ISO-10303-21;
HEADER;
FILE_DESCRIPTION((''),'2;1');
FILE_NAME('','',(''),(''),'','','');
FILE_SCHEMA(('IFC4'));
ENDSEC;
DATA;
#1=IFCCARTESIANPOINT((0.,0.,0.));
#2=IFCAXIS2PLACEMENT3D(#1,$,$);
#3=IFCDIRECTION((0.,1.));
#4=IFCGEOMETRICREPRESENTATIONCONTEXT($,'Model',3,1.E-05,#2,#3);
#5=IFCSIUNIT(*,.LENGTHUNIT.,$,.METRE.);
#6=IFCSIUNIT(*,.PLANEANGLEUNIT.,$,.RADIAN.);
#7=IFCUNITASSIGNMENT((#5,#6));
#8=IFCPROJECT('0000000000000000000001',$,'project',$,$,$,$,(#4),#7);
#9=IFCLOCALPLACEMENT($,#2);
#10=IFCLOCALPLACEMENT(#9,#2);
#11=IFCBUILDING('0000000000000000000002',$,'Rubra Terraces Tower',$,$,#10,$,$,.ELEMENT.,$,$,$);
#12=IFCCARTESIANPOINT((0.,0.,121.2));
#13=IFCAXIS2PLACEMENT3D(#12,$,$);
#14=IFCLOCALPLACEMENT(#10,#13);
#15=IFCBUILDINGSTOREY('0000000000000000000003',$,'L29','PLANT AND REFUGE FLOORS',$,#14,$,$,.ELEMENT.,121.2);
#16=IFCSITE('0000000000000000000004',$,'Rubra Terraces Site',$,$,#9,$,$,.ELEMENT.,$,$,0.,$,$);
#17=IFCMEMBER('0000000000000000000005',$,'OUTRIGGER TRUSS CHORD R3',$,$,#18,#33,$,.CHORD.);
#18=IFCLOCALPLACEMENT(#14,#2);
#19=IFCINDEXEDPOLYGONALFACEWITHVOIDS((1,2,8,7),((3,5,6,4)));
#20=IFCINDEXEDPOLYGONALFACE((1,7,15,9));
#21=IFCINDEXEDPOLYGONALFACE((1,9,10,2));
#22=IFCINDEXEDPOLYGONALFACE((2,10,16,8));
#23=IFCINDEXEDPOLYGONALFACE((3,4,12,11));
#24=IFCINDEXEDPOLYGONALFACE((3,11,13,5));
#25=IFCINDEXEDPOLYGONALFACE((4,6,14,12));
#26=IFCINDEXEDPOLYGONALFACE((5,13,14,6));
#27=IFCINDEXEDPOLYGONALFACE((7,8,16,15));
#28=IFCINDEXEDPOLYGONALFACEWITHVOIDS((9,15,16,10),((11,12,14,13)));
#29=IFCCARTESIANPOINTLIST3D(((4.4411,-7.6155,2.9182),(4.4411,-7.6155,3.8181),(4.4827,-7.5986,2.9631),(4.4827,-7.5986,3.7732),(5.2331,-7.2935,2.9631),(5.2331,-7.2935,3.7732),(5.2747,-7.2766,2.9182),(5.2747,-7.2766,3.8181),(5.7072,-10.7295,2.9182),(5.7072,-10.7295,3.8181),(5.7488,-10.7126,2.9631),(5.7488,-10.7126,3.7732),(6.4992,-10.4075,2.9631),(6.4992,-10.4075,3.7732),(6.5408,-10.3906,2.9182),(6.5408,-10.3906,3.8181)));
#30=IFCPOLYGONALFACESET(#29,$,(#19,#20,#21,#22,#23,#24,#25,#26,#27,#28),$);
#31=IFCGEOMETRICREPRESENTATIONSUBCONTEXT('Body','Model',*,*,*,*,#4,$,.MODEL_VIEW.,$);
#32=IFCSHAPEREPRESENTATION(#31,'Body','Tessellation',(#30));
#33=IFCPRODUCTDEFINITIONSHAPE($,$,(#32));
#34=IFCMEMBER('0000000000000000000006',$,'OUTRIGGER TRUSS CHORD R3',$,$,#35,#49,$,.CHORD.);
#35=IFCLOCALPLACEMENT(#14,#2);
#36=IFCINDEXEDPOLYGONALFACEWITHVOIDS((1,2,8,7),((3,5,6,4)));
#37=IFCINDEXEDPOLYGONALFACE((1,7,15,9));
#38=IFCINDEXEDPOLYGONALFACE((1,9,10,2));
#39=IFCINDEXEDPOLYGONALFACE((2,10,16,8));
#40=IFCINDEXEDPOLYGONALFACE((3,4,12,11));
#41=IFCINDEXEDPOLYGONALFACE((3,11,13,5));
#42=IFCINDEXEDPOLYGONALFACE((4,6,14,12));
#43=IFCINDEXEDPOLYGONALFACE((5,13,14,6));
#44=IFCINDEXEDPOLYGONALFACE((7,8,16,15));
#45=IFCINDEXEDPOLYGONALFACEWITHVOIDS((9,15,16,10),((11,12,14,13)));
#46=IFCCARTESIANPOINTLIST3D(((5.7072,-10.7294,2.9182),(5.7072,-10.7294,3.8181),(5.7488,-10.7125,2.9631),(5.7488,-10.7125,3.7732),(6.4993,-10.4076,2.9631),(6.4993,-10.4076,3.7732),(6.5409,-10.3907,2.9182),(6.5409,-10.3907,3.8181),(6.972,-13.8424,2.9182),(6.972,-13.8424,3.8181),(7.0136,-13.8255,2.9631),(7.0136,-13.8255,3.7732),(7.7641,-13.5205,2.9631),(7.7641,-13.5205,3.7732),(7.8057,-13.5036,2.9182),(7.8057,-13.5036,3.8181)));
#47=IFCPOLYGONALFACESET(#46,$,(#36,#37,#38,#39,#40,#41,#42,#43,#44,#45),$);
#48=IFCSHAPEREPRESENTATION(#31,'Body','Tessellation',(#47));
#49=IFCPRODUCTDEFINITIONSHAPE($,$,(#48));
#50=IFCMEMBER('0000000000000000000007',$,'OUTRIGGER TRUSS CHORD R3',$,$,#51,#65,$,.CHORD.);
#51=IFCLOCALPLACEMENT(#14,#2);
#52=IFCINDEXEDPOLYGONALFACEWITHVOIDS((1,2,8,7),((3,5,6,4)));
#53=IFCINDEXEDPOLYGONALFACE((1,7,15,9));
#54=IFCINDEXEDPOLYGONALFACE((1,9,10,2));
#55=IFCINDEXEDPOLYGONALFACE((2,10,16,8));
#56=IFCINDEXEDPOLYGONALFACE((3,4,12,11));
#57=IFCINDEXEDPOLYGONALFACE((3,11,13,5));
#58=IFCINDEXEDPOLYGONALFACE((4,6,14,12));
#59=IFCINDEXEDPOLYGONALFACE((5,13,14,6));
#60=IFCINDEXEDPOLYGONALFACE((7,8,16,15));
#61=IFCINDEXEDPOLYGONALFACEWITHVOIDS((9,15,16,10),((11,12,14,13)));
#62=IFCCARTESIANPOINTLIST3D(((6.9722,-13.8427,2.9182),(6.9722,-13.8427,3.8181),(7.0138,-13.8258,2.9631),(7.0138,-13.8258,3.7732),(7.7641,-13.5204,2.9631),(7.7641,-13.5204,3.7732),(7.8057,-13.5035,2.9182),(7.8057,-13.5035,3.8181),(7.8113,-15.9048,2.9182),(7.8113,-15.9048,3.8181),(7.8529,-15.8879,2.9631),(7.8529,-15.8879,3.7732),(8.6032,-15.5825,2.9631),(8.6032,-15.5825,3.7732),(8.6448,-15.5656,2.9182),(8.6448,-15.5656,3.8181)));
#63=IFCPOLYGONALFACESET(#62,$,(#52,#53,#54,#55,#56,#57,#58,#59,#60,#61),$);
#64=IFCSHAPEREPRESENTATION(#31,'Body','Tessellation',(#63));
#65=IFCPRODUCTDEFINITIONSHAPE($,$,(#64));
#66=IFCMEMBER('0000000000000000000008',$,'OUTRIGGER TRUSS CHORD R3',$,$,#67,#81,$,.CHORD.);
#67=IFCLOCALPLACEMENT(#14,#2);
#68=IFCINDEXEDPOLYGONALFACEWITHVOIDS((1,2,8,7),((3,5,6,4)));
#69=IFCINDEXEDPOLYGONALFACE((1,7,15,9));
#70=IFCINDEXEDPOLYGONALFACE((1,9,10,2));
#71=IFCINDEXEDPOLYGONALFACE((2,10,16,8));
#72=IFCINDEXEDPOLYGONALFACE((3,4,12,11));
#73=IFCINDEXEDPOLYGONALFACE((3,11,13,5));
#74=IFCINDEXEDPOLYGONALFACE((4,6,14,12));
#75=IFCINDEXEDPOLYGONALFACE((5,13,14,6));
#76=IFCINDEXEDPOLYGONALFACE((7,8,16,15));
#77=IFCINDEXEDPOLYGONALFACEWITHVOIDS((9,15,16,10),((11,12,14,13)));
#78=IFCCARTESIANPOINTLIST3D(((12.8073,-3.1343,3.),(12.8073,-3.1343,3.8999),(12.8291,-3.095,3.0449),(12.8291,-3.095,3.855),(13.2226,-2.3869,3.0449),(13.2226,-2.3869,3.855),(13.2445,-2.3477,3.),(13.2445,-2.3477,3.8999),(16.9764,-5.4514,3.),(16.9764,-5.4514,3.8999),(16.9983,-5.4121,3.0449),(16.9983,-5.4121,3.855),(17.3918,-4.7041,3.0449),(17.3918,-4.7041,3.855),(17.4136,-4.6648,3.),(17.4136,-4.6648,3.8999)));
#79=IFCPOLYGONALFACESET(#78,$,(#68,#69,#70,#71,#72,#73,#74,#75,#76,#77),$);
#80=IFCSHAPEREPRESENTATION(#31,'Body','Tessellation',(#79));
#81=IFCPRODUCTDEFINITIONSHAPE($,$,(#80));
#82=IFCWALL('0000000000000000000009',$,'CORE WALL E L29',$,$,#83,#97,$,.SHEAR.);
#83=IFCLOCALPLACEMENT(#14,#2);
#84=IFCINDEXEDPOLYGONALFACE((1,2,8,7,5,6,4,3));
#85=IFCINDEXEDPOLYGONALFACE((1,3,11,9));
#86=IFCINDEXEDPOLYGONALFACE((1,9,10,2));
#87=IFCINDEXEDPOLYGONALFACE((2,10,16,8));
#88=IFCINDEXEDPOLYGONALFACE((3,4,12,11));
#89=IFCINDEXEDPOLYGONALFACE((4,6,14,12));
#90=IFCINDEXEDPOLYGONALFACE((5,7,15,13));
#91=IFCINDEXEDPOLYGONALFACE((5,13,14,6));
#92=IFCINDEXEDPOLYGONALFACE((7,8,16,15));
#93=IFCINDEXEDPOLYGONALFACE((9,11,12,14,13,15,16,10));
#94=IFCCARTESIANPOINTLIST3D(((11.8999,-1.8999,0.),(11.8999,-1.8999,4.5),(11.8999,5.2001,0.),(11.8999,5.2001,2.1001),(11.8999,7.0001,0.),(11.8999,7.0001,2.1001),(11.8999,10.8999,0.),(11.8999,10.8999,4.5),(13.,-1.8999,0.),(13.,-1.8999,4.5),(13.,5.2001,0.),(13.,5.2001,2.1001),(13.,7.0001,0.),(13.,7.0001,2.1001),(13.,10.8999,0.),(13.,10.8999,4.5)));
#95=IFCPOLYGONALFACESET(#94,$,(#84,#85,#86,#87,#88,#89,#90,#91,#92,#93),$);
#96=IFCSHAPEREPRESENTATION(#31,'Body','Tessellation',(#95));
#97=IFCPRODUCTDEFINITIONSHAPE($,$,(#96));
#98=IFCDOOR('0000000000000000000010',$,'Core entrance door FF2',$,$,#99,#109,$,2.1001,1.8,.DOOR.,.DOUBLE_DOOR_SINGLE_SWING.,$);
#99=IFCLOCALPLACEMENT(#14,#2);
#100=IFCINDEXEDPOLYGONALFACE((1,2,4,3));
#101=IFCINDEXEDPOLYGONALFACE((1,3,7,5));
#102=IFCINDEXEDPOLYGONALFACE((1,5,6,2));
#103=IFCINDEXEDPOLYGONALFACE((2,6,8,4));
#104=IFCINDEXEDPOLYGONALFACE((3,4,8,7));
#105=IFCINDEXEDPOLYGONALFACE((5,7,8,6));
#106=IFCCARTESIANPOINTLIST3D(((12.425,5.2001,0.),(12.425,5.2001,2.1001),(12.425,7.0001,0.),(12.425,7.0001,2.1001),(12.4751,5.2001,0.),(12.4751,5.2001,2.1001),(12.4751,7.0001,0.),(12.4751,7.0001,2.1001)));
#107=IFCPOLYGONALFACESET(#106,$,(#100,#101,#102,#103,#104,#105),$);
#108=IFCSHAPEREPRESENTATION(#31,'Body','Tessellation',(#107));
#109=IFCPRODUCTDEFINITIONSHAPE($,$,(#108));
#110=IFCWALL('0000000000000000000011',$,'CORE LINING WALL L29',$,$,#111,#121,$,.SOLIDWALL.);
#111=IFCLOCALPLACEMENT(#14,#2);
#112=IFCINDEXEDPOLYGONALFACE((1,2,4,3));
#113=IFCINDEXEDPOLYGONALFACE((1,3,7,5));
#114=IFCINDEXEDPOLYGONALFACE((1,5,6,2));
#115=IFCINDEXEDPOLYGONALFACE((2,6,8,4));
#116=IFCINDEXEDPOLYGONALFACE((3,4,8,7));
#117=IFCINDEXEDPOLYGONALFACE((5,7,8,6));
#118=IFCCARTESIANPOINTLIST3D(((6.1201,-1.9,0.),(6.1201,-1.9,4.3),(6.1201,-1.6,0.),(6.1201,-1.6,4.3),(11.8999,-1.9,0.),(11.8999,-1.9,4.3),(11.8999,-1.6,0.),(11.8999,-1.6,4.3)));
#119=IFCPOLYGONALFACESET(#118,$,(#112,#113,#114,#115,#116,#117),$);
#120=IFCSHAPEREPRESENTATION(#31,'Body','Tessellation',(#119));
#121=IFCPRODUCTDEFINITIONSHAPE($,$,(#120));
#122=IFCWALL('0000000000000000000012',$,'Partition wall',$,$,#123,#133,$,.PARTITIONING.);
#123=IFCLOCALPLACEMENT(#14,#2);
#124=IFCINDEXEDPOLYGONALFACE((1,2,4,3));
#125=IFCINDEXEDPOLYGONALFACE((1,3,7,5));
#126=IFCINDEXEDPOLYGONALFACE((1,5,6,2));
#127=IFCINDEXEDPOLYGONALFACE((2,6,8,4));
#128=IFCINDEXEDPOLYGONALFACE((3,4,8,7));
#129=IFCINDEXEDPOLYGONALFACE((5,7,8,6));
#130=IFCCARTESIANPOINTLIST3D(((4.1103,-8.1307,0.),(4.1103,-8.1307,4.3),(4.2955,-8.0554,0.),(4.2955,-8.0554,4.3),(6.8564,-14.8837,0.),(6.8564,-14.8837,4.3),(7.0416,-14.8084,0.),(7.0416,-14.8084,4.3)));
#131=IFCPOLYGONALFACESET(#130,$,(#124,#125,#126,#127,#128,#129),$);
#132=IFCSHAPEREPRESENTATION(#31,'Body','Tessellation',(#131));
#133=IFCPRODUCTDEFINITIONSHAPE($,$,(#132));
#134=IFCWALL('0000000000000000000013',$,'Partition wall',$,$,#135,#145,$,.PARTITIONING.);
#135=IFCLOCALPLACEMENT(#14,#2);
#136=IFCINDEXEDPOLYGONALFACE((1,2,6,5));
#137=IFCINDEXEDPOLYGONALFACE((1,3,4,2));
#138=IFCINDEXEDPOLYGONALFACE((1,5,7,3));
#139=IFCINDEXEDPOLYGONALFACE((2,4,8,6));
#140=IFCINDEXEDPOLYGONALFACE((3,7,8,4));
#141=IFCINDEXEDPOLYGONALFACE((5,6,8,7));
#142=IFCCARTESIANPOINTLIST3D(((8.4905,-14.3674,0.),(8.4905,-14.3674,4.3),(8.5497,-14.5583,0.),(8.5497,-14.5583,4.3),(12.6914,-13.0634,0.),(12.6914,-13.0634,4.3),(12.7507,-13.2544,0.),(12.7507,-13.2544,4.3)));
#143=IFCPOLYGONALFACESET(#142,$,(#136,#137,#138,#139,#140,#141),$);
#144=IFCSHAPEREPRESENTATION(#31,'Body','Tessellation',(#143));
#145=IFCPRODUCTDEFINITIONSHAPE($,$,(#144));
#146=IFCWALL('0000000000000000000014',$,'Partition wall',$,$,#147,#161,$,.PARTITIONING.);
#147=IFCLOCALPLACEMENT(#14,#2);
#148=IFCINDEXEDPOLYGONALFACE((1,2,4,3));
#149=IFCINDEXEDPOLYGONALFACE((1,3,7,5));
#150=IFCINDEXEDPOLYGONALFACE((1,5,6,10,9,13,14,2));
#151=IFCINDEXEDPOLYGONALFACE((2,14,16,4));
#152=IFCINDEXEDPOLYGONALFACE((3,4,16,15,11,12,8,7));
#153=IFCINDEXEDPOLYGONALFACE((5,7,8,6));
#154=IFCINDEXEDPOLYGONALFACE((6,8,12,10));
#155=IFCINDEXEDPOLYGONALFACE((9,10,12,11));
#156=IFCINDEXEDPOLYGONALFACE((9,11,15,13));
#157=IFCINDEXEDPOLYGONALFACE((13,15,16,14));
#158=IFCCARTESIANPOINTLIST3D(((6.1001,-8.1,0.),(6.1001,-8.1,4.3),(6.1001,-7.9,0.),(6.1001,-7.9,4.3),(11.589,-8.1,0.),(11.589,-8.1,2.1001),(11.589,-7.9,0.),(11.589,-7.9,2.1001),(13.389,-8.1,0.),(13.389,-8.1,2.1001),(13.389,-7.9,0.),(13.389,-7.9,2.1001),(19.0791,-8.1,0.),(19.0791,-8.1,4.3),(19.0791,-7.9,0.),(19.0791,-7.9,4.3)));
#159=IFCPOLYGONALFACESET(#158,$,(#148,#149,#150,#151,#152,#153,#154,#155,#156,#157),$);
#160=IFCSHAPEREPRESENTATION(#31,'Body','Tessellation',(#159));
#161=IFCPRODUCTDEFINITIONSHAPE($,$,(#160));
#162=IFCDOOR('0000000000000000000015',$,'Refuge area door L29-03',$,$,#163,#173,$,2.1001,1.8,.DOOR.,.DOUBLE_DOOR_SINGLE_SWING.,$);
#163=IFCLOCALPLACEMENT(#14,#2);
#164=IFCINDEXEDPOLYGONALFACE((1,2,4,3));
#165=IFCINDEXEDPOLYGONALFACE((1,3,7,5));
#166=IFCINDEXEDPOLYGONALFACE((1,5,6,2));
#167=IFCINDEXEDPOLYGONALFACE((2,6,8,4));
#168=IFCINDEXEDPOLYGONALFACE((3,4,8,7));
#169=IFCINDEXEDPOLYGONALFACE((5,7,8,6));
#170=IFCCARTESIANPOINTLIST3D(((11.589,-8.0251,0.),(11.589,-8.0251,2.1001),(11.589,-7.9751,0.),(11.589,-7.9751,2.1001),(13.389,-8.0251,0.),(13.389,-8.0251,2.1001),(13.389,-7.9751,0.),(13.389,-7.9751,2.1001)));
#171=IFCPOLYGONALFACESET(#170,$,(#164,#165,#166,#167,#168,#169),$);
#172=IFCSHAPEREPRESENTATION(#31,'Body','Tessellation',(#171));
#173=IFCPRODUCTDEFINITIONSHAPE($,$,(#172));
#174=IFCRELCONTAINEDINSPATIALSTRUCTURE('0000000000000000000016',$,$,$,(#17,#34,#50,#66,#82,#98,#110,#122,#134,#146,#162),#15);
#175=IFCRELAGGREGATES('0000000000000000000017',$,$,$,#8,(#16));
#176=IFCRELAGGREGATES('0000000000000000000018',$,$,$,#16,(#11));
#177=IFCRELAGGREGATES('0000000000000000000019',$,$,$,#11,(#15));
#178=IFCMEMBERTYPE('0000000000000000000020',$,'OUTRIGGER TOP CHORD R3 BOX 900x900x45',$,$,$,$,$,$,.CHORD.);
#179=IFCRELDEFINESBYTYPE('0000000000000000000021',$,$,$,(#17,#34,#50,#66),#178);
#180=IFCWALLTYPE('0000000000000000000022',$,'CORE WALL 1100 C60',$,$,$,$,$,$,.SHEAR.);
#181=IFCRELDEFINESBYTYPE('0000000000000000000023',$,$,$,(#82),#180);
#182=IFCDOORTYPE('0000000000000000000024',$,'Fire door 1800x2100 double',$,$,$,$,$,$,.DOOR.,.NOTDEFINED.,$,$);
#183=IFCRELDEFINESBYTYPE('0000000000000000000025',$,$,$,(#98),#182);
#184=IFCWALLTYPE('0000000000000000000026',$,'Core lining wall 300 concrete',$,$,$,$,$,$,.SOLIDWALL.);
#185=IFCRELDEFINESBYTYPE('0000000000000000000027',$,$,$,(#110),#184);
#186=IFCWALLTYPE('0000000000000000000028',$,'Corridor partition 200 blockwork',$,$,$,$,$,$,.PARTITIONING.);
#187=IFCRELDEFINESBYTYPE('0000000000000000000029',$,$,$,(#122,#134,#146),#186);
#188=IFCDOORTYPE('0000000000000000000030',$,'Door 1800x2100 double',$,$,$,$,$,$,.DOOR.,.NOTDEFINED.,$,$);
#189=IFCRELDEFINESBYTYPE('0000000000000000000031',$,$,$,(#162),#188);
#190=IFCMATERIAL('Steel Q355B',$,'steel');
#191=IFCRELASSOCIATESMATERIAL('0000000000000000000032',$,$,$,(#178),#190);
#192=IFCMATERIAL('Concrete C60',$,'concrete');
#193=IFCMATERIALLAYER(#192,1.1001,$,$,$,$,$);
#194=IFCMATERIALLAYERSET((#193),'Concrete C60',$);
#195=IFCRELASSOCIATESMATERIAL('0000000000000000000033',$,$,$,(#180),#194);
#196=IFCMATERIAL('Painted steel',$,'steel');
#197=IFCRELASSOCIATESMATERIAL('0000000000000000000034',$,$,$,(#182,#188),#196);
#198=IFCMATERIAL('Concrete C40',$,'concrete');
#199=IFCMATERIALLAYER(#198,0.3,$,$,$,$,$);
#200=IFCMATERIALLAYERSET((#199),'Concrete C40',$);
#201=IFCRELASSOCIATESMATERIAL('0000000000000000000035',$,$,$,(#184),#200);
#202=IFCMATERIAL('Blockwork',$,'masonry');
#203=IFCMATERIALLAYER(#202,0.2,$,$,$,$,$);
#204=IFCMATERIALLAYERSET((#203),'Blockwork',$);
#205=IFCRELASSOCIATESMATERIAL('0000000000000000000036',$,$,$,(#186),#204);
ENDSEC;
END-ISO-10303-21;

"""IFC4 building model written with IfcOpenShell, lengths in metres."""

from ifc_helpers import new_model, si_unit, direction, frame, frame_2d, origin, origin_2d, place, context, subcontext, project, spatial, rectangle, hollow_rectangle, extrude, material, layer, layer_set, material_profile, profile_set, type_object, element, fill, save


model = new_model("IFC4")

# Units and contexts
model_context = context("Model", 3, precision=1e-05, world=origin(), true_north=direction((0.0, 1.0)))
body_context = subcontext(model_context, "Body", "Model", "MODEL_VIEW")
ifc_project = project(units=[si_unit("LENGTHUNIT", "METRE"), si_unit("PLANEANGLEUNIT", "RADIAN")], contexts=[model_context])

# Site, building, storey
site_placement = place(None, origin())
site = spatial("IfcSite", under=ifc_project, at=site_placement, Name="Rubra Terraces Site", CompositionType="ELEMENT", RefElevation=0.0)
building_placement = place(site_placement, origin())
building = spatial("IfcBuilding", under=site, at=building_placement, Name="Rubra Terraces Tower", CompositionType="ELEMENT")
storey_placement = place(building_placement, frame((0.0, 0.0, 121.2)))
storey = spatial("IfcBuildingStorey", under=building, at=storey_placement, Name="L29", Description="PLANT AND REFUGE FLOORS", CompositionType="ELEMENT", Elevation=121.2)

# Members
ifc_material_1 = material(Name="Steel Q355B", Category="steel")
ifc_material_profile_1 = material_profile(ifc_material_1, hollow_rectangle(XDim=0.8999, YDim=0.8999, WallThickness=0.0449, at=origin_2d()), Name="BOX 900x900x45")
ifc_profile_set_1 = profile_set([ifc_material_profile_1], Name="Steel Q355B")
member_type_1 = type_object("IfcMemberType", Name="OUTRIGGER TOP CHORD R3 BOX 900x900x45", PredefinedType="CHORD", material=ifc_profile_set_1)
member_1_placement = place(storey_placement, frame((4.8579, -7.446, 3.3682), z_axis=(0.376644, -0.926358, 0.0), x_axis=(0.926358, 0.376644, 0.0)))
element("IfcMember", 1, at=member_1_placement, inside=storey, type_object=member_type_1, Name="OUTRIGGER TRUSS CHORD R3", PredefinedType="CHORD", context=body_context, shape_type="SweptSolid", body=[
    extrude(hollow_rectangle(XDim=0.8999, YDim=0.8999, WallThickness=0.0449, at=origin_2d()), origin(), (0.0, 0.0, 1.0), 3.3616),
])
member_2_placement = place(storey_placement, frame((6.124, -10.5601, 3.3682), z_axis=(0.376434, -0.926444, 0.0), x_axis=(0.926444, 0.376434, 0.0)))
element("IfcMember", 2, at=member_2_placement, inside=storey, type_object=member_type_1, Name="OUTRIGGER TRUSS CHORD R3", PredefinedType="CHORD", context=body_context, shape_type="SweptSolid", body=[
    extrude(hollow_rectangle(XDim=0.8999, YDim=0.8999, WallThickness=0.0449, at=origin_2d()), origin(), (0.0, 0.0, 1.0), 3.3601),
])
member_3_placement = place(storey_placement, frame((7.3889, -13.6731, 3.3682), z_axis=(0.376924, -0.926244, 0.0), x_axis=(0.926244, 0.376924, 0.0)))
element("IfcMember", 3, at=member_3_placement, inside=storey, type_object=member_type_1, Name="OUTRIGGER TRUSS CHORD R3", PredefinedType="CHORD", context=body_context, shape_type="SweptSolid", body=[
    extrude(hollow_rectangle(XDim=0.8999, YDim=0.8999, WallThickness=0.0449, at=origin_2d()), origin(), (0.0, 0.0, 1.0), 2.2263),
])
member_4_placement = place(storey_placement, frame((13.0259, -2.741, 3.45), z_axis=(0.874075, -0.485791, 0.0), x_axis=(0.485791, 0.874075, 0.0)))
element("IfcMember", 4, at=member_4_placement, inside=storey, type_object=member_type_1, Name="OUTRIGGER TRUSS CHORD R3", PredefinedType="CHORD", context=body_context, shape_type="SweptSolid", body=[
    extrude(hollow_rectangle(XDim=0.8999, YDim=0.8999, WallThickness=0.0449, at=origin_2d()), origin(), (0.0, 0.0, 1.0), 4.7698),
])

# Wall, opening, door
ifc_material_2 = material(Name="Concrete C60", Category="concrete")
ifc_layer_1 = layer(ifc_material_2, 1.1001)
ifc_layer_set_1 = layer_set([ifc_layer_1], Name="Concrete C60")
wall_type_1 = type_object("IfcWallType", Name="CORE WALL 1100 C60", PredefinedType="SHEAR", material=ifc_layer_set_1)
wall_1_placement = place(storey_placement, frame((12.45, -1.8999, 0.0), z_axis=(0.0, 0.0, 1.0), x_axis=(0.0, 1.0, 0.0)))
wall_1 = element("IfcWall", 5, at=wall_1_placement, inside=storey, type_object=wall_type_1, Name="CORE WALL E L29", PredefinedType="SHEAR", context=body_context, shape_type="SweptSolid", body=[
    extrude(rectangle(XDim=12.7998, YDim=1.1001, at=frame_2d((6.3999, 0.0))), origin(), (0.0, 0.0, 1.0), 4.5),
])
opening_1_placement = place(wall_1_placement, frame((7.1001, 0.0, 0.0)))
opening_1 = element("IfcOpeningElement", 6, at=opening_1_placement, cuts=wall_1, PredefinedType="OPENING", context=body_context, shape_type="SweptSolid", body=[
    extrude(rectangle(XDim=1.8, YDim=2.1001, at=frame_2d((0.8999, 1.05))), frame((0.0, 0.5601, 0.0), z_axis=(0.0, -1.0, 0.0), x_axis=(1.0, 0.0, 0.0)), (0.0, 0.0, 1.0), 1.1201),
])
ifc_material_3 = material(Name="Painted steel", Category="steel")
door_type_1 = type_object("IfcDoorType", Name="Fire door 1800x2100 double", OperationType="NOTDEFINED", PredefinedType="DOOR", material=ifc_material_3)
door_1_placement = place(opening_1_placement, origin())
door_1 = element("IfcDoor", 7, at=door_1_placement, inside=storey, type_object=door_type_1, Name="Core entrance door FF2", OperationType="DOUBLE_DOOR_SINGLE_SWING", OverallHeight=2.1001, OverallWidth=1.8, PredefinedType="DOOR", context=body_context, shape_type="SweptSolid", body=[
    extrude(rectangle(XDim=1.8, YDim=2.1001, at=frame_2d((0.8999, 1.05))), frame((0.0, 0.0249, 0.0), z_axis=(0.0, -1.0, 0.0), x_axis=(1.0, 0.0, 0.0)), (0.0, 0.0, 1.0), 0.05),
])
fill(opening_1, door_1)

# Walls
ifc_material_4 = material(Name="Concrete C40", Category="concrete")
ifc_layer_2 = layer(ifc_material_4, 0.3)
ifc_layer_set_2 = layer_set([ifc_layer_2], Name="Concrete C40")
wall_type_2 = type_object("IfcWallType", Name="Core lining wall 300 concrete", PredefinedType="SOLIDWALL", material=ifc_layer_set_2)
wall_2_placement = place(storey_placement, frame((11.8999, -1.75, 0.0), z_axis=(0.0, 0.0, 1.0), x_axis=(-1.0, 0.0, 0.0)))
element("IfcWall", 8, at=wall_2_placement, inside=storey, type_object=wall_type_2, Name="CORE LINING WALL L29", PredefinedType="SOLIDWALL", context=body_context, shape_type="SweptSolid", body=[
    extrude(rectangle(XDim=5.7798, YDim=0.3, at=frame_2d((2.8899, 0.0))), origin(), (0.0, 0.0, 1.0), 4.3),
])
ifc_material_5 = material(Name="Blockwork", Category="masonry")
ifc_layer_3 = layer(ifc_material_5, 0.2)
ifc_layer_set_3 = layer_set([ifc_layer_3], Name="Blockwork")
wall_type_3 = type_object("IfcWallType", Name="Corridor partition 200 blockwork", PredefinedType="PARTITIONING", material=ifc_layer_set_3)
wall_3_placement = place(storey_placement, frame((4.2029, -8.093, 0.0), z_axis=(0.0, 0.0, 1.0), x_axis=(0.376697, -0.926337, 0.0)))
element("IfcWall", 9, at=wall_3_placement, inside=storey, type_object=wall_type_3, Name="Partition wall", PredefinedType="PARTITIONING", context=body_context, shape_type="SweptSolid", body=[
    extrude(rectangle(XDim=7.29, YDim=0.2, at=frame_2d((3.645, 0.0))), origin(), (0.0, 0.0, 1.0), 4.3),
])
wall_4_placement = place(storey_placement, frame((12.7209, -13.1589, 0.0), z_axis=(0.0, 0.0, 1.0), x_axis=(-0.95505, -0.296445, 0.0)))
element("IfcWall", 10, at=wall_4_placement, inside=storey, type_object=wall_type_3, Name="Partition wall", PredefinedType="PARTITIONING", context=body_context, shape_type="SweptSolid", body=[
    extrude(rectangle(XDim=4.3987, YDim=0.2, at=frame_2d((2.1992, 0.0))), origin(), (0.0, 0.0, 1.0), 4.3),
])

# Wall, opening, door
wall_5_placement = place(storey_placement, frame((6.1001, -8.0, 0.0), z_axis=(0.0, 0.0, 1.0), x_axis=(1.0, 0.0, 0.0)))
wall_5 = element("IfcWall", 11, at=wall_5_placement, inside=storey, type_object=wall_type_3, Name="Partition wall", PredefinedType="PARTITIONING", context=body_context, shape_type="SweptSolid", body=[
    extrude(rectangle(XDim=12.979, YDim=0.2, at=frame_2d((6.4895, 0.0))), origin(), (0.0, 0.0, 1.0), 4.3),
])
opening_2_placement = place(wall_5_placement, frame((5.489, 0.0, 0.0)))
opening_2 = element("IfcOpeningElement", 12, at=opening_2_placement, cuts=wall_5, PredefinedType="OPENING", context=body_context, shape_type="SweptSolid", body=[
    extrude(rectangle(XDim=1.8, YDim=2.1001, at=frame_2d((0.8999, 1.05))), frame((0.0, 0.1099, 0.0), z_axis=(0.0, -1.0, 0.0), x_axis=(1.0, 0.0, 0.0)), (0.0, 0.0, 1.0), 0.22),
])
door_type_2 = type_object("IfcDoorType", Name="Door 1800x2100 double", OperationType="NOTDEFINED", PredefinedType="DOOR", material=ifc_material_3)
door_2_placement = place(opening_2_placement, origin())
door_2 = element("IfcDoor", 13, at=door_2_placement, inside=storey, type_object=door_type_2, Name="Refuge area door L29-03", OperationType="DOUBLE_DOOR_SINGLE_SWING", OverallHeight=2.1001, OverallWidth=1.8, PredefinedType="DOOR", context=body_context, shape_type="SweptSolid", body=[
    extrude(rectangle(XDim=1.8, YDim=2.1001, at=frame_2d((0.8999, 1.05))), frame((0.0, 0.0249, 0.0), z_axis=(0.0, -1.0, 0.0), x_axis=(1.0, 0.0, 0.0)), (0.0, 0.0, 1.0), 0.05),
])
fill(opening_2, door_2)

save(model, "model.ifc")
